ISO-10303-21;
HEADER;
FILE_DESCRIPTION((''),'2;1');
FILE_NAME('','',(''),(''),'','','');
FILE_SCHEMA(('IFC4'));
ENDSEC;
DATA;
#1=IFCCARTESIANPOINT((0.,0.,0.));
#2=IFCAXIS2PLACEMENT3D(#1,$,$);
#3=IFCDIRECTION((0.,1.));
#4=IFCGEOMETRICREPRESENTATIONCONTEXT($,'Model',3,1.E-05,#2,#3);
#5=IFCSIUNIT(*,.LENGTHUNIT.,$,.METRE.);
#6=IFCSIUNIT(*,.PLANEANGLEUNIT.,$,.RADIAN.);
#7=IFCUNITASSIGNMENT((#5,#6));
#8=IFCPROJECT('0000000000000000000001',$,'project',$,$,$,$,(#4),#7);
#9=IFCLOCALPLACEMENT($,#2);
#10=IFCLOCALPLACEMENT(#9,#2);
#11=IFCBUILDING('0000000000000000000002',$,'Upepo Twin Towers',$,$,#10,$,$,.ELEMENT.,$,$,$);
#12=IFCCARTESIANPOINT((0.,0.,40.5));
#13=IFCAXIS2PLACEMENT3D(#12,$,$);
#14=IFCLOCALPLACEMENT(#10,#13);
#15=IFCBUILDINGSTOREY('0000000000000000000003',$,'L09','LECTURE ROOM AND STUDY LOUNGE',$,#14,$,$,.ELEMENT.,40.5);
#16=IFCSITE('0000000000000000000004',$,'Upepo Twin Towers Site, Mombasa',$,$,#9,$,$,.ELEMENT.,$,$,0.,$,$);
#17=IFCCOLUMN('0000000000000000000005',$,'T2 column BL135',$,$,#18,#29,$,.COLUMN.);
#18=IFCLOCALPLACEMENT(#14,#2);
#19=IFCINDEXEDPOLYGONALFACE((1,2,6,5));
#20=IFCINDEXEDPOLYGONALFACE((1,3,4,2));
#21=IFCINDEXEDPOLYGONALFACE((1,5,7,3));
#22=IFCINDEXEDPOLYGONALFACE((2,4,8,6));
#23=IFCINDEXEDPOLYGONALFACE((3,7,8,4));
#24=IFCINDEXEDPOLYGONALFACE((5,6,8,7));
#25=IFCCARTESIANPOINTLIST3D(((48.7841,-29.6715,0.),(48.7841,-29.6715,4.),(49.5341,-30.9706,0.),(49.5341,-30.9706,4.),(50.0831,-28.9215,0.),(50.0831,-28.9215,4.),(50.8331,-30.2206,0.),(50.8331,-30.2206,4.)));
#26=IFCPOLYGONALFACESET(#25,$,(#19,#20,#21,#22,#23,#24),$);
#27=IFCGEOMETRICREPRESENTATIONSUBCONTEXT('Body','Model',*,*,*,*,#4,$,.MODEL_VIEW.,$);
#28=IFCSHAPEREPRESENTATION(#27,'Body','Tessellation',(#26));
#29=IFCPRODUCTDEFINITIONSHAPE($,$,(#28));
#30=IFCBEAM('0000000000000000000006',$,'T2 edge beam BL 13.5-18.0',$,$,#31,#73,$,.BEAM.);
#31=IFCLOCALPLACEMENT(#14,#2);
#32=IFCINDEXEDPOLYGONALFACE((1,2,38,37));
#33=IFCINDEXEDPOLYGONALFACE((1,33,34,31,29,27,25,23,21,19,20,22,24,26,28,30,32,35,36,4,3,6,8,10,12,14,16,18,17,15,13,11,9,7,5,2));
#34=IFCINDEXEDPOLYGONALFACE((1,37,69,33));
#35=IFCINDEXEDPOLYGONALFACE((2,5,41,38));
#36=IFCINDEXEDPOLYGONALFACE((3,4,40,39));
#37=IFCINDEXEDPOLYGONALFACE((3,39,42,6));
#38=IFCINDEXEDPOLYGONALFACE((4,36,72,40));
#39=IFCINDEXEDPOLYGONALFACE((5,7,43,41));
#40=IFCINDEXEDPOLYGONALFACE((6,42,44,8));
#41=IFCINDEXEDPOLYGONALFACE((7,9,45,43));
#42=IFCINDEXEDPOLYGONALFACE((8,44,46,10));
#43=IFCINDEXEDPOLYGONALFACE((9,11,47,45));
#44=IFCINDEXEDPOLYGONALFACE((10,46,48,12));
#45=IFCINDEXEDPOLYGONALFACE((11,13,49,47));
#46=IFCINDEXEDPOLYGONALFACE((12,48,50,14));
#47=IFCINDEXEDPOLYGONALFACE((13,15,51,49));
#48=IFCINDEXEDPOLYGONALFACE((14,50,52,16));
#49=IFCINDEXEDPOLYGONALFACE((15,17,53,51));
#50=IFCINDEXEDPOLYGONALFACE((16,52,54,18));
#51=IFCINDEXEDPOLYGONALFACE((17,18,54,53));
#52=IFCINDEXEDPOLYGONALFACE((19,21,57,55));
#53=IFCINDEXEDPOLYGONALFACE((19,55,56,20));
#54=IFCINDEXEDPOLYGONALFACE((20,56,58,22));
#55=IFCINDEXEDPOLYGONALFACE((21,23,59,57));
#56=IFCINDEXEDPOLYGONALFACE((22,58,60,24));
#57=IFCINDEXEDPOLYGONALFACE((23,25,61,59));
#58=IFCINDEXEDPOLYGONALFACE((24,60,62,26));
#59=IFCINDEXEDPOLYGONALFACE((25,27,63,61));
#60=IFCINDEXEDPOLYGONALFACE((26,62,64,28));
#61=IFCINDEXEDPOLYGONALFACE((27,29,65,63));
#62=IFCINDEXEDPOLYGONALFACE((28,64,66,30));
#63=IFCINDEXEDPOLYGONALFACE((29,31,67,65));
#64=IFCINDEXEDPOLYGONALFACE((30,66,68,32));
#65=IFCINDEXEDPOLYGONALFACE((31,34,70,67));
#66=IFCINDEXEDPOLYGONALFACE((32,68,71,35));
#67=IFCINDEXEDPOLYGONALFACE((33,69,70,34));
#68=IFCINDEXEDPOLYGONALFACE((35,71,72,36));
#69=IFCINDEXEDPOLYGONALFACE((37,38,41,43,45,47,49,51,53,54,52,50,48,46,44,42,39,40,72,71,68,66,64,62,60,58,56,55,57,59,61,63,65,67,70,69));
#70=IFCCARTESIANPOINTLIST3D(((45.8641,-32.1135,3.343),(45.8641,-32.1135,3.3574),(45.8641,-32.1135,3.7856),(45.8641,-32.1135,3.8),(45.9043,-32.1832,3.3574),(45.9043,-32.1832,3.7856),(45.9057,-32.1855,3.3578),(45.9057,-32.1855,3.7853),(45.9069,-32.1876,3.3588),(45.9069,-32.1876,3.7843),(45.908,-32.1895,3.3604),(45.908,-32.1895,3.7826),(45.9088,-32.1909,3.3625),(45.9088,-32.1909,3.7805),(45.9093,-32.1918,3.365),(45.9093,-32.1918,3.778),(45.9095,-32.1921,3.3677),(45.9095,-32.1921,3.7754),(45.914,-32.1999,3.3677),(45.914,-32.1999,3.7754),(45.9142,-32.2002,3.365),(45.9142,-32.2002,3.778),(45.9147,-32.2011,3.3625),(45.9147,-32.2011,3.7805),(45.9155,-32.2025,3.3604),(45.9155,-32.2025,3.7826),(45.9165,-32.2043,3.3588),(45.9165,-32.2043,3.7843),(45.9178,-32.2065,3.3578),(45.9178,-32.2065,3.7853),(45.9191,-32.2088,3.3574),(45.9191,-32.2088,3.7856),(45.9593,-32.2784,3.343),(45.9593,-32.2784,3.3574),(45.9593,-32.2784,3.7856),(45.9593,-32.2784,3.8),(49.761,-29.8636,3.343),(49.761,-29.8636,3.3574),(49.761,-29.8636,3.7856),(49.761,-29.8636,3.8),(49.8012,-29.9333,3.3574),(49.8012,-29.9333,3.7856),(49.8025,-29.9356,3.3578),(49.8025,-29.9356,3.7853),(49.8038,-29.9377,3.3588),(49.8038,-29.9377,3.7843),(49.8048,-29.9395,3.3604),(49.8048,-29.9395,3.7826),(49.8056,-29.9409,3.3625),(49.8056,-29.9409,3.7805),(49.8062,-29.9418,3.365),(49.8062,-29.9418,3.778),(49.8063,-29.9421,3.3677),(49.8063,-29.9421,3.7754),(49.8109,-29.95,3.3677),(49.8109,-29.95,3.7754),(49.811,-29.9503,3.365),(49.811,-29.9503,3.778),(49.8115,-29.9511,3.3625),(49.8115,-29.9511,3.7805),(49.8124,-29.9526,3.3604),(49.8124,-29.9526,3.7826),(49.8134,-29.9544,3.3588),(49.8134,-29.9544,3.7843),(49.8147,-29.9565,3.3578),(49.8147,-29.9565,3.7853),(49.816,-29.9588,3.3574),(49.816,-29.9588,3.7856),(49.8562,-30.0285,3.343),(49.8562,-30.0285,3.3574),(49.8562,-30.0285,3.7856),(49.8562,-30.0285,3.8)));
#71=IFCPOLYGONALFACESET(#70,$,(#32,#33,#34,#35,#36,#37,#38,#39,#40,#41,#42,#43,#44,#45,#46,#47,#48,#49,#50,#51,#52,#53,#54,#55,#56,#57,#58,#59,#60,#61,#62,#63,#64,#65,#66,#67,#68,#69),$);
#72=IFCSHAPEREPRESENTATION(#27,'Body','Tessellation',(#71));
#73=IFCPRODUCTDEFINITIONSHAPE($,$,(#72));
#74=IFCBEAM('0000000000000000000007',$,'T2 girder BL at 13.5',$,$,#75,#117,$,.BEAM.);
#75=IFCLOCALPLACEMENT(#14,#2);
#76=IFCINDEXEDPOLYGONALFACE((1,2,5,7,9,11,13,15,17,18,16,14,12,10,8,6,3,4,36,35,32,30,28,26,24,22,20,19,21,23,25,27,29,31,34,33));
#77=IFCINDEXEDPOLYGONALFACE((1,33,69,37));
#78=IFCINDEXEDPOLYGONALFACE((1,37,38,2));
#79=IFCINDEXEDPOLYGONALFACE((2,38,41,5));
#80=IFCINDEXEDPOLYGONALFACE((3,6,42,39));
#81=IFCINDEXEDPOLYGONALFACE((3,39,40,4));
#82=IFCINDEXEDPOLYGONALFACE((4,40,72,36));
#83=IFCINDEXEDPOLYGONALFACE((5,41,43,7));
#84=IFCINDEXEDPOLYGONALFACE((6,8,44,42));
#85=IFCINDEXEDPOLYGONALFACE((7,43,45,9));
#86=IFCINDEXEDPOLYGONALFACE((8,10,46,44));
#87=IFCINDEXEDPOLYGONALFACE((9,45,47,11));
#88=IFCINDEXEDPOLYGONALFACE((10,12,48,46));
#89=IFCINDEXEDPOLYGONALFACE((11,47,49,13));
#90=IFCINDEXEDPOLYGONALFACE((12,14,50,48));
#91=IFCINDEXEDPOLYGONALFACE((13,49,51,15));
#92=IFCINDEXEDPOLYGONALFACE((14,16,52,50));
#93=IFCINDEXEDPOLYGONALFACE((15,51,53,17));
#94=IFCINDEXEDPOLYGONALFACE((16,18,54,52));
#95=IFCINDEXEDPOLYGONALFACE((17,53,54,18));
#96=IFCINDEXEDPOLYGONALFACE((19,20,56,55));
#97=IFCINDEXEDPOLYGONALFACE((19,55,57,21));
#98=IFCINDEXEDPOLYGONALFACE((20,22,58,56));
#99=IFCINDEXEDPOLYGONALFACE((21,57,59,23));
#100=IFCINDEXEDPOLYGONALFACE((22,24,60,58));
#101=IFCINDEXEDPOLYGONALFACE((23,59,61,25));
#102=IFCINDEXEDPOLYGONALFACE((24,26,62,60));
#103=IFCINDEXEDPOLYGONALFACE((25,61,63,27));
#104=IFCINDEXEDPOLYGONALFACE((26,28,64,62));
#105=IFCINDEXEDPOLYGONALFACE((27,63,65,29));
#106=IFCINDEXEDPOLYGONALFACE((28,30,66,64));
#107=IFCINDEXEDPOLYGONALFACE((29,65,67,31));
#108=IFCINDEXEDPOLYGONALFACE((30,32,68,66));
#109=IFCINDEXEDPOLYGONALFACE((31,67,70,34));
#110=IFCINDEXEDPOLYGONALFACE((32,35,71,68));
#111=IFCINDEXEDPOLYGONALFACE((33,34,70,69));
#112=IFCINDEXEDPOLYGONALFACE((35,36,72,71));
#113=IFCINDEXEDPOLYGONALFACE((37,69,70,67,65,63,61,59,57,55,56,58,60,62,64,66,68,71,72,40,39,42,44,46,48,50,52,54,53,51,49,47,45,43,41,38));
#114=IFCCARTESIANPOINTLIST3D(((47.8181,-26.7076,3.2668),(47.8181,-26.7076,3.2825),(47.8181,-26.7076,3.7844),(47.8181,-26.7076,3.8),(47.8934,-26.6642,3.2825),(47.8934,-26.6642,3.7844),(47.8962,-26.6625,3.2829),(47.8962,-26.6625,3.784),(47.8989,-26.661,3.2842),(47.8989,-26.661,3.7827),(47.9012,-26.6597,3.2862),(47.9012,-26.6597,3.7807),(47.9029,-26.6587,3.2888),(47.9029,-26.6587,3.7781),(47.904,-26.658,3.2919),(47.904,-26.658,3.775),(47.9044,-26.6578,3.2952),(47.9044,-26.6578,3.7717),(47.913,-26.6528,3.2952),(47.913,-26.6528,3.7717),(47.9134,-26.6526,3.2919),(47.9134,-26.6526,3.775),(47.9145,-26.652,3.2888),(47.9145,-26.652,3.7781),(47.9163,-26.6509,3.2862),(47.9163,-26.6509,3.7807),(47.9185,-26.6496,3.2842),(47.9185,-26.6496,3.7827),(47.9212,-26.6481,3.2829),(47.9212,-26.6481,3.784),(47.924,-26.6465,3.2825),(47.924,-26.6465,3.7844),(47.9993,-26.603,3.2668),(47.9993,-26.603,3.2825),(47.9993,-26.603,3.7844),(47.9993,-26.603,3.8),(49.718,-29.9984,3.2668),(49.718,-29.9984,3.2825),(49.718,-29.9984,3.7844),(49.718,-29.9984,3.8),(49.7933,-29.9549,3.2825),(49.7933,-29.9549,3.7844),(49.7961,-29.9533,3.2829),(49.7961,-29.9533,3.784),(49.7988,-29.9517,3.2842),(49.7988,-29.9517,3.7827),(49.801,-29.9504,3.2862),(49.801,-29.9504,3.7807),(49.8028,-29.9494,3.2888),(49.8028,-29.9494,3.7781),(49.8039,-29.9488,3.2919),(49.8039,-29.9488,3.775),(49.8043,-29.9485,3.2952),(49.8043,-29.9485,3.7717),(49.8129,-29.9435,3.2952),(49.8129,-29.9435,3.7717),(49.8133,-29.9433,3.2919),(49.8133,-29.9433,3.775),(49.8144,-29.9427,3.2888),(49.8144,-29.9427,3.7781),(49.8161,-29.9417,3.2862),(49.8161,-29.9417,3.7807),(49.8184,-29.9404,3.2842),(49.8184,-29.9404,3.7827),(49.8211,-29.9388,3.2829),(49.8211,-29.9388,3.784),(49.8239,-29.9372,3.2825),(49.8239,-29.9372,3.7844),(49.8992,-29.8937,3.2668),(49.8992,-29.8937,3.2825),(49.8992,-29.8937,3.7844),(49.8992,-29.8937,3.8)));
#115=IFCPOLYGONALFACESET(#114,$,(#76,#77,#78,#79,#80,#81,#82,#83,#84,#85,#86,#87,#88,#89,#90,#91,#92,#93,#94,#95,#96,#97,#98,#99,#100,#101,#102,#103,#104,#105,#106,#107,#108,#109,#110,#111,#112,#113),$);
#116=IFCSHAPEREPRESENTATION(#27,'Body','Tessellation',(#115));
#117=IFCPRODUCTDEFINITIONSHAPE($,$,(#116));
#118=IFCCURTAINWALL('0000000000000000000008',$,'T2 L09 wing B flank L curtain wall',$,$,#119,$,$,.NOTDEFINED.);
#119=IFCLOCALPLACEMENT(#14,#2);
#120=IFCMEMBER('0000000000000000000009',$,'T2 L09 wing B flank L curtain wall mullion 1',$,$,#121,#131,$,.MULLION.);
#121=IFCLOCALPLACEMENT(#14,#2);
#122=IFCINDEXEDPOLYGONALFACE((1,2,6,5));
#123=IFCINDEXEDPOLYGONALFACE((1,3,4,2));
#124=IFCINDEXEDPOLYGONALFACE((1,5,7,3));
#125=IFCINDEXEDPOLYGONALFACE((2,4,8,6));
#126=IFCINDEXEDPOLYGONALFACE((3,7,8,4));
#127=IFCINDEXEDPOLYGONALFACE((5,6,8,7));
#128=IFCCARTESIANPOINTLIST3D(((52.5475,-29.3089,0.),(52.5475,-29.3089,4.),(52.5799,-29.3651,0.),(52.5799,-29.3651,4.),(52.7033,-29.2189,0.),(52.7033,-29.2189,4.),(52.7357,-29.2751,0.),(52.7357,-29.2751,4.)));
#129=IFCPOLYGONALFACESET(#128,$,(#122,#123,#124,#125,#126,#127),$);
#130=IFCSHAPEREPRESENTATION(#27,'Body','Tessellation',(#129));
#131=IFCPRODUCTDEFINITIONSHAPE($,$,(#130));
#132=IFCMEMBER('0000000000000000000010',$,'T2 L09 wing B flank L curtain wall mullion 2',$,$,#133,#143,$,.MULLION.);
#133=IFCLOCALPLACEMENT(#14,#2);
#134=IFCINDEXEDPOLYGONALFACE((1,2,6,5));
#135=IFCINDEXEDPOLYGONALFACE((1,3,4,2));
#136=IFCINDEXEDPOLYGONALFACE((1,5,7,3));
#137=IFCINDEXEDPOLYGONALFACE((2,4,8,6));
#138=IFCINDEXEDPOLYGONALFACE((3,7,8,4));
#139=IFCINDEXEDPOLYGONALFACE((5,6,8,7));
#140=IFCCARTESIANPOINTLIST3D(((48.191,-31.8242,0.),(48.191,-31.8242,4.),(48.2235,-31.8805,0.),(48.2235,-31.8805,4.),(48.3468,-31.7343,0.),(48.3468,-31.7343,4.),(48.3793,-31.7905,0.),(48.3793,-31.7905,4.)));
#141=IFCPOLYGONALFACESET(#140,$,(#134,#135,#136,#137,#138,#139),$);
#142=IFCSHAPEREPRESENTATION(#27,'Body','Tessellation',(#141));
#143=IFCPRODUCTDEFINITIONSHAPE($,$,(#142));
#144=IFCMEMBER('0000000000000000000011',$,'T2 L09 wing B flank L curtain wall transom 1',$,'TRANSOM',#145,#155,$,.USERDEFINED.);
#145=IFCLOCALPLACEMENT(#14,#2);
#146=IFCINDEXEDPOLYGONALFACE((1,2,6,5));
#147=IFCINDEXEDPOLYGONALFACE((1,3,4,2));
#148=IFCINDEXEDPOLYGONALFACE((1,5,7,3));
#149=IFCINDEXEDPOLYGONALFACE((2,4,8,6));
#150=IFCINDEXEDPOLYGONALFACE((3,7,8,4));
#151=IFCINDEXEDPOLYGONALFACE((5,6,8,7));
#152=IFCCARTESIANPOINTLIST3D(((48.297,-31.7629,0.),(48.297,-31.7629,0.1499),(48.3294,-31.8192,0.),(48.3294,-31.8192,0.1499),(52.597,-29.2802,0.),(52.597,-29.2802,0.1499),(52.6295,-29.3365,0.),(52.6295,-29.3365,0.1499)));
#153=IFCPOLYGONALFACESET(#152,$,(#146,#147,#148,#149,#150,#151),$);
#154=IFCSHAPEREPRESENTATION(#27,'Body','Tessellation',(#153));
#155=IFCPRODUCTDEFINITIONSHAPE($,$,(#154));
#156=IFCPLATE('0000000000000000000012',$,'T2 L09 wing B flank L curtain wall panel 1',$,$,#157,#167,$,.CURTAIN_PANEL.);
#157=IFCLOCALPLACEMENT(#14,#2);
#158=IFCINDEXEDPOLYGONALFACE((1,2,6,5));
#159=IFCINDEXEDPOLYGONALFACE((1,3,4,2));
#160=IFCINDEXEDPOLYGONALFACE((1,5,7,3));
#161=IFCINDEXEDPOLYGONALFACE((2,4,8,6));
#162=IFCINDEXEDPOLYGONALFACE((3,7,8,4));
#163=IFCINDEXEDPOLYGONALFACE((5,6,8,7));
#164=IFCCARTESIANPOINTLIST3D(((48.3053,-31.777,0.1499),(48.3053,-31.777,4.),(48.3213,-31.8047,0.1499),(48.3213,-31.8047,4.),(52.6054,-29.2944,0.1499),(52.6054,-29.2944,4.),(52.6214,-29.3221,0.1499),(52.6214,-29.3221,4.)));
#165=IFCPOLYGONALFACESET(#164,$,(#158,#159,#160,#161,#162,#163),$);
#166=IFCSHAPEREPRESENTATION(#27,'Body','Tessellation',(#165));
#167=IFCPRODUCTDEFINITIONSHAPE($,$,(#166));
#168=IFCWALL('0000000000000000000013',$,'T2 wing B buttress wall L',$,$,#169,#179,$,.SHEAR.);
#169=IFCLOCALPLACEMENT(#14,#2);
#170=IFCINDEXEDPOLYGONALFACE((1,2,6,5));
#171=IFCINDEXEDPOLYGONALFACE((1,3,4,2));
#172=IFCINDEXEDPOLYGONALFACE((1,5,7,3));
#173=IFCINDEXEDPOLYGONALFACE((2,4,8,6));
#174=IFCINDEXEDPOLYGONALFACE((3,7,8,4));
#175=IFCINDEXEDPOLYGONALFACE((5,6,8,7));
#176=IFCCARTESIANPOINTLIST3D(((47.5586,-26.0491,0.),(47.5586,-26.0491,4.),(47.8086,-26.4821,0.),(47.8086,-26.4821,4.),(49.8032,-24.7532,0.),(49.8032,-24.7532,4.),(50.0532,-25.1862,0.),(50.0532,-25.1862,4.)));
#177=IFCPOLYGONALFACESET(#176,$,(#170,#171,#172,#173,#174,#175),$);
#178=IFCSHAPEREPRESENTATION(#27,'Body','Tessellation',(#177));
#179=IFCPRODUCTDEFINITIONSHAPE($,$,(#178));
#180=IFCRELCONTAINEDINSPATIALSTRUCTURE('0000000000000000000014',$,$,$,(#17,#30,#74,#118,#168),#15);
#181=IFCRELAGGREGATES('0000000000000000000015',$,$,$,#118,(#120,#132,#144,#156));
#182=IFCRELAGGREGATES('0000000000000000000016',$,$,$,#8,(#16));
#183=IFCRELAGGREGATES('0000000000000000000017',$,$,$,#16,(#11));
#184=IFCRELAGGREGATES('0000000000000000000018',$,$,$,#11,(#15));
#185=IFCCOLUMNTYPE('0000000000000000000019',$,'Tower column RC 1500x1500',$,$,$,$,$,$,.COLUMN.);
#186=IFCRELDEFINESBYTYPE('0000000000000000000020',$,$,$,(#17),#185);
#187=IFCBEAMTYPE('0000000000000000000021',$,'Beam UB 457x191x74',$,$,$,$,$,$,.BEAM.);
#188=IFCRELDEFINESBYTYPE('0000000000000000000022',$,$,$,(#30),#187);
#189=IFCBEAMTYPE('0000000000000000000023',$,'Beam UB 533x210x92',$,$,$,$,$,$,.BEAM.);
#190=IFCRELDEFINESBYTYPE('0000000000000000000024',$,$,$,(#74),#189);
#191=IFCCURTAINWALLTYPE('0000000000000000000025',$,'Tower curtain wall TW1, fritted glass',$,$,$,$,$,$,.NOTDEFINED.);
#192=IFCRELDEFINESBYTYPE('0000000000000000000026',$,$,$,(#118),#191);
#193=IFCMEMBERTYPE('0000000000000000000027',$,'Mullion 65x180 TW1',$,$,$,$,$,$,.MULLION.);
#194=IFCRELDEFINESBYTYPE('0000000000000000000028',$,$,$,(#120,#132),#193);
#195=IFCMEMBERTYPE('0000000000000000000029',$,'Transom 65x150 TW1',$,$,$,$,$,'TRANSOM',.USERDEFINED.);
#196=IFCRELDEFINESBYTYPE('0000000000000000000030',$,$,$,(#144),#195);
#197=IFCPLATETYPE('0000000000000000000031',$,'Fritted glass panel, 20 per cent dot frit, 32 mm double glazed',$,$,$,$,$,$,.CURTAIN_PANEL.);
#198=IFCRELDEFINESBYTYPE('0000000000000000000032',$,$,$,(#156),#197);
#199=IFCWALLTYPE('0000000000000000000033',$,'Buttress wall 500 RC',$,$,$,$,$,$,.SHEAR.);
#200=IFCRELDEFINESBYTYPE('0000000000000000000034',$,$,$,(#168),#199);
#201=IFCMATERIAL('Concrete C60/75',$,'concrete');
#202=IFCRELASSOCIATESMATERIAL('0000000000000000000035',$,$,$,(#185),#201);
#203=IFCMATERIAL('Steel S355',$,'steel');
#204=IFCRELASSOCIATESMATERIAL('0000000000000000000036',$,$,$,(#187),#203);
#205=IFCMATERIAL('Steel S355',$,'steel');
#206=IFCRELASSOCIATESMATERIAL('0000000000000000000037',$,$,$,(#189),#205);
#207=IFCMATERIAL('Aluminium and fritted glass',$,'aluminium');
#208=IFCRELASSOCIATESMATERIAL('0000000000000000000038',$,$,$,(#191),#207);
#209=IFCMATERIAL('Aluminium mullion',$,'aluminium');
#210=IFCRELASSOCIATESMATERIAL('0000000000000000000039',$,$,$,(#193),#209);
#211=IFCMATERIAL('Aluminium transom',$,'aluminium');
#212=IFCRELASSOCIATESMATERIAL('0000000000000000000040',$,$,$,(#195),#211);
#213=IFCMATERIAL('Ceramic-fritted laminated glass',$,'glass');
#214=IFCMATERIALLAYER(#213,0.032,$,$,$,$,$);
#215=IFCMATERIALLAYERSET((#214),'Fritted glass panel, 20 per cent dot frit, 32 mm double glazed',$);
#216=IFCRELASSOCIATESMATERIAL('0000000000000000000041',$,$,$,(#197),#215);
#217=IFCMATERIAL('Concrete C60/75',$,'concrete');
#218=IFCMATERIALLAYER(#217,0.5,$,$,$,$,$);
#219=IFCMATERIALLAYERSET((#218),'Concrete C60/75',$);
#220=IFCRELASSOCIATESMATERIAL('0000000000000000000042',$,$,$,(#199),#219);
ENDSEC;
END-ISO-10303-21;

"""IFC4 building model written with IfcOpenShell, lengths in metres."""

from ifc_helpers import new_model, si_unit, direction, frame, frame_2d, origin, origin_2d, place, context, subcontext, project, spatial, rectangle, i_section, extrude, material, layer, layer_set, material_profile, profile_set, type_object, element, aggregate, save


model = new_model("IFC4")

# Units and contexts
model_context = context("Model", 3, precision=1e-05, world=origin(), true_north=direction((0.0, 1.0)))
body_context = subcontext(model_context, "Body", "Model", "MODEL_VIEW")
ifc_project = project(units=[si_unit("LENGTHUNIT", "METRE"), si_unit("PLANEANGLEUNIT", "RADIAN")], contexts=[model_context])

# Site, building, storey
site_placement = place(None, origin())
site = spatial("IfcSite", under=ifc_project, at=site_placement, Name="Upepo Twin Towers Site, Mombasa", CompositionType="ELEMENT", RefElevation=0.0)
building_placement = place(site_placement, origin())
building = spatial("IfcBuilding", under=site, at=building_placement, Name="Upepo Twin Towers", CompositionType="ELEMENT")
storey_placement = place(building_placement, frame((0.0, 0.0, 40.5)))
storey = spatial("IfcBuildingStorey", under=building, at=storey_placement, Name="L09", Description="LECTURE ROOM AND STUDY LOUNGE", CompositionType="ELEMENT", Elevation=40.5)

# Column
ifc_material_1 = material(Name="Concrete C60/75", Category="concrete")
ifc_material_profile_1 = material_profile(ifc_material_1, rectangle(XDim=1.5, YDim=1.5, at=origin_2d()), Name="RC 1500x1500")
ifc_profile_set_1 = profile_set([ifc_material_profile_1], Name="Concrete C60/75")
column_type = type_object("IfcColumnType", Name="Tower column RC 1500x1500", PredefinedType="COLUMN", material=ifc_profile_set_1)
column_placement = place(storey_placement, frame((49.8086, -29.946, 0.0), z_axis=(0.0, 0.0, 1.0), x_axis=(0.866025, 0.5, 0.0)))
element("IfcColumn", 1, at=column_placement, inside=storey, type_object=column_type, Name="T2 column BL135", PredefinedType="COLUMN", context=body_context, shape_type="SweptSolid", body=[
    extrude(rectangle(XDim=1.5, YDim=1.5, at=origin_2d()), origin(), (0.0, 0.0, 1.0), 4.0),
])

# Beams
ifc_material_2 = material(Name="Steel S355", Category="steel")
ifc_material_profile_2 = material_profile(ifc_material_2, i_section(OverallWidth=0.1904, OverallDepth=0.457, WebThickness=0.009, FlangeThickness=0.0144, FilletRadius=0.0103, at=origin_2d()), Name="UB 457x191x74")
ifc_profile_set_2 = profile_set([ifc_material_profile_2], Name="Steel S355")
beam_type_1 = type_object("IfcBeamType", Name="Beam UB 457x191x74", PredefinedType="BEAM", material=ifc_profile_set_2)
beam_1_placement = place(storey_placement, frame((49.8086, -29.946, 3.5715), z_axis=(-0.866018, -0.500014, 0.0), x_axis=(0.500014, -0.866018, 0.0)))
element("IfcBeam", 2, at=beam_1_placement, inside=storey, type_object=beam_type_1, Name="T2 edge beam BL 13.5-18.0", PredefinedType="BEAM", context=body_context, shape_type="SweptSolid", body=[
    extrude(i_section(OverallWidth=0.1904, OverallDepth=0.457, WebThickness=0.009, FlangeThickness=0.0144, FilletRadius=0.0103, at=origin_2d()), origin(), (0.0, 0.0, 1.0), 4.4998),
])
ifc_material_3 = material(Name="Steel S355", Category="steel")
ifc_material_profile_3 = material_profile(ifc_material_3, i_section(OverallWidth=0.2092, OverallDepth=0.5332, WebThickness=0.01, FlangeThickness=0.0156, FilletRadius=0.0127, at=origin_2d()), Name="UB 533x210x92")
ifc_profile_set_3 = profile_set([ifc_material_profile_3], Name="Steel S355")
beam_type_2 = type_object("IfcBeamType", Name="Beam UB 533x210x92", PredefinedType="BEAM", material=ifc_profile_set_3)
beam_2_placement = place(storey_placement, frame((49.8086, -29.946, 3.5334), z_axis=(-0.499995, 0.866028, 0.0), x_axis=(-0.866028, -0.499995, 0.0)))
element("IfcBeam", 3, at=beam_2_placement, inside=storey, type_object=beam_type_2, Name="T2 girder BL at 13.5", PredefinedType="BEAM", context=body_context, shape_type="SweptSolid", body=[
    extrude(i_section(OverallWidth=0.2092, OverallDepth=0.5332, WebThickness=0.01, FlangeThickness=0.0156, FilletRadius=0.0127, at=origin_2d()), origin(), (0.0, 0.0, 1.0), 3.7998),
])

# Curtain wall, members, plate
ifc_material_4 = material(Name="Aluminium and fritted glass", Category="aluminium")
curtain_wall_type = type_object("IfcCurtainWallType", Name="Tower curtain wall TW1, fritted glass", PredefinedType="NOTDEFINED", material=ifc_material_4)
curtain_wall_placement = place(storey_placement, origin())
curtain_wall = element("IfcCurtainWall", 4, at=curtain_wall_placement, inside=storey, type_object=curtain_wall_type, Name="T2 L09 wing B flank L curtain wall", PredefinedType="NOTDEFINED")
ifc_material_5 = material(Name="Aluminium mullion", Category="aluminium")
ifc_material_profile_4 = material_profile(ifc_material_5, rectangle(XDim=0.0649, YDim=0.1799, at=origin_2d()), Name="MULLION 65x180")
ifc_profile_set_4 = profile_set([ifc_material_profile_4], Name="Aluminium mullion")
member_type_1 = type_object("IfcMemberType", Name="Mullion 65x180 TW1", PredefinedType="MULLION", material=ifc_profile_set_4)
member_1_placement = place(storey_placement, frame((52.6416, -29.292, 0.0), z_axis=(0.0, 0.0, 1.0), x_axis=(0.5, -0.866025, 0.0)))
member_1 = element("IfcMember", 5, at=member_1_placement, type_object=member_type_1, Name="T2 L09 wing B flank L curtain wall mullion 1", PredefinedType="MULLION", context=body_context, shape_type="SweptSolid", body=[
    extrude(rectangle(XDim=0.0649, YDim=0.1799, at=origin_2d()), origin(), (0.0, 0.0, 1.0), 4.0),
])
member_2_placement = place(storey_placement, frame((48.2852, -31.8074, 0.0), z_axis=(0.0, 0.0, 1.0), x_axis=(0.5, -0.866025, 0.0)))
member_2 = element("IfcMember", 6, at=member_2_placement, type_object=member_type_1, Name="T2 L09 wing B flank L curtain wall mullion 2", PredefinedType="MULLION", context=body_context, shape_type="SweptSolid", body=[
    extrude(rectangle(XDim=0.0649, YDim=0.1799, at=origin_2d()), origin(), (0.0, 0.0, 1.0), 4.0),
])
ifc_material_6 = material(Name="Aluminium transom", Category="aluminium")
ifc_material_profile_5 = material_profile(ifc_material_6, rectangle(XDim=0.0649, YDim=0.1499, at=origin_2d()), Name="TRANSOM 65x150")
ifc_profile_set_5 = profile_set([ifc_material_profile_5], Name="Aluminium transom")
member_type_2 = type_object("IfcMemberType", Name="Transom 65x150 TW1", ElementType="TRANSOM", PredefinedType="USERDEFINED", material=ifc_profile_set_5)
member_3_placement = place(storey_placement, frame((52.6133, -29.3083, 0.075), z_axis=(-0.866023, -0.500005, 0.0), x_axis=(0.500005, -0.866023, 0.0)))
member_3 = element("IfcMember", 7, at=member_3_placement, type_object=member_type_2, Name="T2 L09 wing B flank L curtain wall transom 1", ObjectType="TRANSOM", PredefinedType="USERDEFINED", context=body_context, shape_type="SweptSolid", body=[
    extrude(rectangle(XDim=0.0649, YDim=0.1499, at=origin_2d()), origin(), (0.0, 0.0, 1.0), 4.9653),
])
ifc_material_7 = material(Name="Ceramic-fritted laminated glass", Category="glass")
ifc_layer_1 = layer(ifc_material_7, 0.032)
ifc_layer_set_1 = layer_set([ifc_layer_1], Name="Fritted glass panel, 20 per cent dot frit, 32 mm double glazed")
plate_type = type_object("IfcPlateType", Name="Fritted glass panel, 20 per cent dot frit, 32 mm double glazed", PredefinedType="CURTAIN_PANEL", material=ifc_layer_set_1)
plate_placement = place(storey_placement, frame((50.4634, -30.5496, 0.1499), z_axis=(0.0, 0.0, 1.0), x_axis=(-0.866025, -0.5, 0.0)))
plate = element("IfcPlate", 8, at=plate_placement, type_object=plate_type, Name="T2 L09 wing B flank L curtain wall panel 1", PredefinedType="CURTAIN_PANEL", context=body_context, shape_type="SweptSolid", body=[
    extrude(rectangle(XDim=4.9653, YDim=0.032, at=origin_2d()), origin(), (0.0, 0.0, 1.0), 3.8501),
])
aggregate(curtain_wall, [member_1, member_2, member_3, plate])

# Wall
ifc_material_8 = material(Name="Concrete C60/75", Category="concrete")
ifc_layer_2 = layer(ifc_material_8, 0.5)
ifc_layer_set_2 = layer_set([ifc_layer_2], Name="Concrete C60/75")
wall_type_1 = type_object("IfcWallType", Name="Buttress wall 500 RC", PredefinedType="SHEAR", material=ifc_layer_set_2)
wall_1_placement = place(storey_placement, frame((49.9282, -24.9697, 0.0), z_axis=(0.0, 0.0, 1.0), x_axis=(-0.866032, -0.499989, 0.0)))
element("IfcWall", 9, at=wall_1_placement, inside=storey, type_object=wall_type_1, Name="T2 wing B buttress wall L", PredefinedType="SHEAR", context=body_context, shape_type="SweptSolid", body=[
    extrude(rectangle(XDim=2.5918, YDim=0.5, at=frame_2d((1.2959, 0.0))), origin(), (0.0, 0.0, 1.0), 4.0),
])

save(model, "model.ifc")
